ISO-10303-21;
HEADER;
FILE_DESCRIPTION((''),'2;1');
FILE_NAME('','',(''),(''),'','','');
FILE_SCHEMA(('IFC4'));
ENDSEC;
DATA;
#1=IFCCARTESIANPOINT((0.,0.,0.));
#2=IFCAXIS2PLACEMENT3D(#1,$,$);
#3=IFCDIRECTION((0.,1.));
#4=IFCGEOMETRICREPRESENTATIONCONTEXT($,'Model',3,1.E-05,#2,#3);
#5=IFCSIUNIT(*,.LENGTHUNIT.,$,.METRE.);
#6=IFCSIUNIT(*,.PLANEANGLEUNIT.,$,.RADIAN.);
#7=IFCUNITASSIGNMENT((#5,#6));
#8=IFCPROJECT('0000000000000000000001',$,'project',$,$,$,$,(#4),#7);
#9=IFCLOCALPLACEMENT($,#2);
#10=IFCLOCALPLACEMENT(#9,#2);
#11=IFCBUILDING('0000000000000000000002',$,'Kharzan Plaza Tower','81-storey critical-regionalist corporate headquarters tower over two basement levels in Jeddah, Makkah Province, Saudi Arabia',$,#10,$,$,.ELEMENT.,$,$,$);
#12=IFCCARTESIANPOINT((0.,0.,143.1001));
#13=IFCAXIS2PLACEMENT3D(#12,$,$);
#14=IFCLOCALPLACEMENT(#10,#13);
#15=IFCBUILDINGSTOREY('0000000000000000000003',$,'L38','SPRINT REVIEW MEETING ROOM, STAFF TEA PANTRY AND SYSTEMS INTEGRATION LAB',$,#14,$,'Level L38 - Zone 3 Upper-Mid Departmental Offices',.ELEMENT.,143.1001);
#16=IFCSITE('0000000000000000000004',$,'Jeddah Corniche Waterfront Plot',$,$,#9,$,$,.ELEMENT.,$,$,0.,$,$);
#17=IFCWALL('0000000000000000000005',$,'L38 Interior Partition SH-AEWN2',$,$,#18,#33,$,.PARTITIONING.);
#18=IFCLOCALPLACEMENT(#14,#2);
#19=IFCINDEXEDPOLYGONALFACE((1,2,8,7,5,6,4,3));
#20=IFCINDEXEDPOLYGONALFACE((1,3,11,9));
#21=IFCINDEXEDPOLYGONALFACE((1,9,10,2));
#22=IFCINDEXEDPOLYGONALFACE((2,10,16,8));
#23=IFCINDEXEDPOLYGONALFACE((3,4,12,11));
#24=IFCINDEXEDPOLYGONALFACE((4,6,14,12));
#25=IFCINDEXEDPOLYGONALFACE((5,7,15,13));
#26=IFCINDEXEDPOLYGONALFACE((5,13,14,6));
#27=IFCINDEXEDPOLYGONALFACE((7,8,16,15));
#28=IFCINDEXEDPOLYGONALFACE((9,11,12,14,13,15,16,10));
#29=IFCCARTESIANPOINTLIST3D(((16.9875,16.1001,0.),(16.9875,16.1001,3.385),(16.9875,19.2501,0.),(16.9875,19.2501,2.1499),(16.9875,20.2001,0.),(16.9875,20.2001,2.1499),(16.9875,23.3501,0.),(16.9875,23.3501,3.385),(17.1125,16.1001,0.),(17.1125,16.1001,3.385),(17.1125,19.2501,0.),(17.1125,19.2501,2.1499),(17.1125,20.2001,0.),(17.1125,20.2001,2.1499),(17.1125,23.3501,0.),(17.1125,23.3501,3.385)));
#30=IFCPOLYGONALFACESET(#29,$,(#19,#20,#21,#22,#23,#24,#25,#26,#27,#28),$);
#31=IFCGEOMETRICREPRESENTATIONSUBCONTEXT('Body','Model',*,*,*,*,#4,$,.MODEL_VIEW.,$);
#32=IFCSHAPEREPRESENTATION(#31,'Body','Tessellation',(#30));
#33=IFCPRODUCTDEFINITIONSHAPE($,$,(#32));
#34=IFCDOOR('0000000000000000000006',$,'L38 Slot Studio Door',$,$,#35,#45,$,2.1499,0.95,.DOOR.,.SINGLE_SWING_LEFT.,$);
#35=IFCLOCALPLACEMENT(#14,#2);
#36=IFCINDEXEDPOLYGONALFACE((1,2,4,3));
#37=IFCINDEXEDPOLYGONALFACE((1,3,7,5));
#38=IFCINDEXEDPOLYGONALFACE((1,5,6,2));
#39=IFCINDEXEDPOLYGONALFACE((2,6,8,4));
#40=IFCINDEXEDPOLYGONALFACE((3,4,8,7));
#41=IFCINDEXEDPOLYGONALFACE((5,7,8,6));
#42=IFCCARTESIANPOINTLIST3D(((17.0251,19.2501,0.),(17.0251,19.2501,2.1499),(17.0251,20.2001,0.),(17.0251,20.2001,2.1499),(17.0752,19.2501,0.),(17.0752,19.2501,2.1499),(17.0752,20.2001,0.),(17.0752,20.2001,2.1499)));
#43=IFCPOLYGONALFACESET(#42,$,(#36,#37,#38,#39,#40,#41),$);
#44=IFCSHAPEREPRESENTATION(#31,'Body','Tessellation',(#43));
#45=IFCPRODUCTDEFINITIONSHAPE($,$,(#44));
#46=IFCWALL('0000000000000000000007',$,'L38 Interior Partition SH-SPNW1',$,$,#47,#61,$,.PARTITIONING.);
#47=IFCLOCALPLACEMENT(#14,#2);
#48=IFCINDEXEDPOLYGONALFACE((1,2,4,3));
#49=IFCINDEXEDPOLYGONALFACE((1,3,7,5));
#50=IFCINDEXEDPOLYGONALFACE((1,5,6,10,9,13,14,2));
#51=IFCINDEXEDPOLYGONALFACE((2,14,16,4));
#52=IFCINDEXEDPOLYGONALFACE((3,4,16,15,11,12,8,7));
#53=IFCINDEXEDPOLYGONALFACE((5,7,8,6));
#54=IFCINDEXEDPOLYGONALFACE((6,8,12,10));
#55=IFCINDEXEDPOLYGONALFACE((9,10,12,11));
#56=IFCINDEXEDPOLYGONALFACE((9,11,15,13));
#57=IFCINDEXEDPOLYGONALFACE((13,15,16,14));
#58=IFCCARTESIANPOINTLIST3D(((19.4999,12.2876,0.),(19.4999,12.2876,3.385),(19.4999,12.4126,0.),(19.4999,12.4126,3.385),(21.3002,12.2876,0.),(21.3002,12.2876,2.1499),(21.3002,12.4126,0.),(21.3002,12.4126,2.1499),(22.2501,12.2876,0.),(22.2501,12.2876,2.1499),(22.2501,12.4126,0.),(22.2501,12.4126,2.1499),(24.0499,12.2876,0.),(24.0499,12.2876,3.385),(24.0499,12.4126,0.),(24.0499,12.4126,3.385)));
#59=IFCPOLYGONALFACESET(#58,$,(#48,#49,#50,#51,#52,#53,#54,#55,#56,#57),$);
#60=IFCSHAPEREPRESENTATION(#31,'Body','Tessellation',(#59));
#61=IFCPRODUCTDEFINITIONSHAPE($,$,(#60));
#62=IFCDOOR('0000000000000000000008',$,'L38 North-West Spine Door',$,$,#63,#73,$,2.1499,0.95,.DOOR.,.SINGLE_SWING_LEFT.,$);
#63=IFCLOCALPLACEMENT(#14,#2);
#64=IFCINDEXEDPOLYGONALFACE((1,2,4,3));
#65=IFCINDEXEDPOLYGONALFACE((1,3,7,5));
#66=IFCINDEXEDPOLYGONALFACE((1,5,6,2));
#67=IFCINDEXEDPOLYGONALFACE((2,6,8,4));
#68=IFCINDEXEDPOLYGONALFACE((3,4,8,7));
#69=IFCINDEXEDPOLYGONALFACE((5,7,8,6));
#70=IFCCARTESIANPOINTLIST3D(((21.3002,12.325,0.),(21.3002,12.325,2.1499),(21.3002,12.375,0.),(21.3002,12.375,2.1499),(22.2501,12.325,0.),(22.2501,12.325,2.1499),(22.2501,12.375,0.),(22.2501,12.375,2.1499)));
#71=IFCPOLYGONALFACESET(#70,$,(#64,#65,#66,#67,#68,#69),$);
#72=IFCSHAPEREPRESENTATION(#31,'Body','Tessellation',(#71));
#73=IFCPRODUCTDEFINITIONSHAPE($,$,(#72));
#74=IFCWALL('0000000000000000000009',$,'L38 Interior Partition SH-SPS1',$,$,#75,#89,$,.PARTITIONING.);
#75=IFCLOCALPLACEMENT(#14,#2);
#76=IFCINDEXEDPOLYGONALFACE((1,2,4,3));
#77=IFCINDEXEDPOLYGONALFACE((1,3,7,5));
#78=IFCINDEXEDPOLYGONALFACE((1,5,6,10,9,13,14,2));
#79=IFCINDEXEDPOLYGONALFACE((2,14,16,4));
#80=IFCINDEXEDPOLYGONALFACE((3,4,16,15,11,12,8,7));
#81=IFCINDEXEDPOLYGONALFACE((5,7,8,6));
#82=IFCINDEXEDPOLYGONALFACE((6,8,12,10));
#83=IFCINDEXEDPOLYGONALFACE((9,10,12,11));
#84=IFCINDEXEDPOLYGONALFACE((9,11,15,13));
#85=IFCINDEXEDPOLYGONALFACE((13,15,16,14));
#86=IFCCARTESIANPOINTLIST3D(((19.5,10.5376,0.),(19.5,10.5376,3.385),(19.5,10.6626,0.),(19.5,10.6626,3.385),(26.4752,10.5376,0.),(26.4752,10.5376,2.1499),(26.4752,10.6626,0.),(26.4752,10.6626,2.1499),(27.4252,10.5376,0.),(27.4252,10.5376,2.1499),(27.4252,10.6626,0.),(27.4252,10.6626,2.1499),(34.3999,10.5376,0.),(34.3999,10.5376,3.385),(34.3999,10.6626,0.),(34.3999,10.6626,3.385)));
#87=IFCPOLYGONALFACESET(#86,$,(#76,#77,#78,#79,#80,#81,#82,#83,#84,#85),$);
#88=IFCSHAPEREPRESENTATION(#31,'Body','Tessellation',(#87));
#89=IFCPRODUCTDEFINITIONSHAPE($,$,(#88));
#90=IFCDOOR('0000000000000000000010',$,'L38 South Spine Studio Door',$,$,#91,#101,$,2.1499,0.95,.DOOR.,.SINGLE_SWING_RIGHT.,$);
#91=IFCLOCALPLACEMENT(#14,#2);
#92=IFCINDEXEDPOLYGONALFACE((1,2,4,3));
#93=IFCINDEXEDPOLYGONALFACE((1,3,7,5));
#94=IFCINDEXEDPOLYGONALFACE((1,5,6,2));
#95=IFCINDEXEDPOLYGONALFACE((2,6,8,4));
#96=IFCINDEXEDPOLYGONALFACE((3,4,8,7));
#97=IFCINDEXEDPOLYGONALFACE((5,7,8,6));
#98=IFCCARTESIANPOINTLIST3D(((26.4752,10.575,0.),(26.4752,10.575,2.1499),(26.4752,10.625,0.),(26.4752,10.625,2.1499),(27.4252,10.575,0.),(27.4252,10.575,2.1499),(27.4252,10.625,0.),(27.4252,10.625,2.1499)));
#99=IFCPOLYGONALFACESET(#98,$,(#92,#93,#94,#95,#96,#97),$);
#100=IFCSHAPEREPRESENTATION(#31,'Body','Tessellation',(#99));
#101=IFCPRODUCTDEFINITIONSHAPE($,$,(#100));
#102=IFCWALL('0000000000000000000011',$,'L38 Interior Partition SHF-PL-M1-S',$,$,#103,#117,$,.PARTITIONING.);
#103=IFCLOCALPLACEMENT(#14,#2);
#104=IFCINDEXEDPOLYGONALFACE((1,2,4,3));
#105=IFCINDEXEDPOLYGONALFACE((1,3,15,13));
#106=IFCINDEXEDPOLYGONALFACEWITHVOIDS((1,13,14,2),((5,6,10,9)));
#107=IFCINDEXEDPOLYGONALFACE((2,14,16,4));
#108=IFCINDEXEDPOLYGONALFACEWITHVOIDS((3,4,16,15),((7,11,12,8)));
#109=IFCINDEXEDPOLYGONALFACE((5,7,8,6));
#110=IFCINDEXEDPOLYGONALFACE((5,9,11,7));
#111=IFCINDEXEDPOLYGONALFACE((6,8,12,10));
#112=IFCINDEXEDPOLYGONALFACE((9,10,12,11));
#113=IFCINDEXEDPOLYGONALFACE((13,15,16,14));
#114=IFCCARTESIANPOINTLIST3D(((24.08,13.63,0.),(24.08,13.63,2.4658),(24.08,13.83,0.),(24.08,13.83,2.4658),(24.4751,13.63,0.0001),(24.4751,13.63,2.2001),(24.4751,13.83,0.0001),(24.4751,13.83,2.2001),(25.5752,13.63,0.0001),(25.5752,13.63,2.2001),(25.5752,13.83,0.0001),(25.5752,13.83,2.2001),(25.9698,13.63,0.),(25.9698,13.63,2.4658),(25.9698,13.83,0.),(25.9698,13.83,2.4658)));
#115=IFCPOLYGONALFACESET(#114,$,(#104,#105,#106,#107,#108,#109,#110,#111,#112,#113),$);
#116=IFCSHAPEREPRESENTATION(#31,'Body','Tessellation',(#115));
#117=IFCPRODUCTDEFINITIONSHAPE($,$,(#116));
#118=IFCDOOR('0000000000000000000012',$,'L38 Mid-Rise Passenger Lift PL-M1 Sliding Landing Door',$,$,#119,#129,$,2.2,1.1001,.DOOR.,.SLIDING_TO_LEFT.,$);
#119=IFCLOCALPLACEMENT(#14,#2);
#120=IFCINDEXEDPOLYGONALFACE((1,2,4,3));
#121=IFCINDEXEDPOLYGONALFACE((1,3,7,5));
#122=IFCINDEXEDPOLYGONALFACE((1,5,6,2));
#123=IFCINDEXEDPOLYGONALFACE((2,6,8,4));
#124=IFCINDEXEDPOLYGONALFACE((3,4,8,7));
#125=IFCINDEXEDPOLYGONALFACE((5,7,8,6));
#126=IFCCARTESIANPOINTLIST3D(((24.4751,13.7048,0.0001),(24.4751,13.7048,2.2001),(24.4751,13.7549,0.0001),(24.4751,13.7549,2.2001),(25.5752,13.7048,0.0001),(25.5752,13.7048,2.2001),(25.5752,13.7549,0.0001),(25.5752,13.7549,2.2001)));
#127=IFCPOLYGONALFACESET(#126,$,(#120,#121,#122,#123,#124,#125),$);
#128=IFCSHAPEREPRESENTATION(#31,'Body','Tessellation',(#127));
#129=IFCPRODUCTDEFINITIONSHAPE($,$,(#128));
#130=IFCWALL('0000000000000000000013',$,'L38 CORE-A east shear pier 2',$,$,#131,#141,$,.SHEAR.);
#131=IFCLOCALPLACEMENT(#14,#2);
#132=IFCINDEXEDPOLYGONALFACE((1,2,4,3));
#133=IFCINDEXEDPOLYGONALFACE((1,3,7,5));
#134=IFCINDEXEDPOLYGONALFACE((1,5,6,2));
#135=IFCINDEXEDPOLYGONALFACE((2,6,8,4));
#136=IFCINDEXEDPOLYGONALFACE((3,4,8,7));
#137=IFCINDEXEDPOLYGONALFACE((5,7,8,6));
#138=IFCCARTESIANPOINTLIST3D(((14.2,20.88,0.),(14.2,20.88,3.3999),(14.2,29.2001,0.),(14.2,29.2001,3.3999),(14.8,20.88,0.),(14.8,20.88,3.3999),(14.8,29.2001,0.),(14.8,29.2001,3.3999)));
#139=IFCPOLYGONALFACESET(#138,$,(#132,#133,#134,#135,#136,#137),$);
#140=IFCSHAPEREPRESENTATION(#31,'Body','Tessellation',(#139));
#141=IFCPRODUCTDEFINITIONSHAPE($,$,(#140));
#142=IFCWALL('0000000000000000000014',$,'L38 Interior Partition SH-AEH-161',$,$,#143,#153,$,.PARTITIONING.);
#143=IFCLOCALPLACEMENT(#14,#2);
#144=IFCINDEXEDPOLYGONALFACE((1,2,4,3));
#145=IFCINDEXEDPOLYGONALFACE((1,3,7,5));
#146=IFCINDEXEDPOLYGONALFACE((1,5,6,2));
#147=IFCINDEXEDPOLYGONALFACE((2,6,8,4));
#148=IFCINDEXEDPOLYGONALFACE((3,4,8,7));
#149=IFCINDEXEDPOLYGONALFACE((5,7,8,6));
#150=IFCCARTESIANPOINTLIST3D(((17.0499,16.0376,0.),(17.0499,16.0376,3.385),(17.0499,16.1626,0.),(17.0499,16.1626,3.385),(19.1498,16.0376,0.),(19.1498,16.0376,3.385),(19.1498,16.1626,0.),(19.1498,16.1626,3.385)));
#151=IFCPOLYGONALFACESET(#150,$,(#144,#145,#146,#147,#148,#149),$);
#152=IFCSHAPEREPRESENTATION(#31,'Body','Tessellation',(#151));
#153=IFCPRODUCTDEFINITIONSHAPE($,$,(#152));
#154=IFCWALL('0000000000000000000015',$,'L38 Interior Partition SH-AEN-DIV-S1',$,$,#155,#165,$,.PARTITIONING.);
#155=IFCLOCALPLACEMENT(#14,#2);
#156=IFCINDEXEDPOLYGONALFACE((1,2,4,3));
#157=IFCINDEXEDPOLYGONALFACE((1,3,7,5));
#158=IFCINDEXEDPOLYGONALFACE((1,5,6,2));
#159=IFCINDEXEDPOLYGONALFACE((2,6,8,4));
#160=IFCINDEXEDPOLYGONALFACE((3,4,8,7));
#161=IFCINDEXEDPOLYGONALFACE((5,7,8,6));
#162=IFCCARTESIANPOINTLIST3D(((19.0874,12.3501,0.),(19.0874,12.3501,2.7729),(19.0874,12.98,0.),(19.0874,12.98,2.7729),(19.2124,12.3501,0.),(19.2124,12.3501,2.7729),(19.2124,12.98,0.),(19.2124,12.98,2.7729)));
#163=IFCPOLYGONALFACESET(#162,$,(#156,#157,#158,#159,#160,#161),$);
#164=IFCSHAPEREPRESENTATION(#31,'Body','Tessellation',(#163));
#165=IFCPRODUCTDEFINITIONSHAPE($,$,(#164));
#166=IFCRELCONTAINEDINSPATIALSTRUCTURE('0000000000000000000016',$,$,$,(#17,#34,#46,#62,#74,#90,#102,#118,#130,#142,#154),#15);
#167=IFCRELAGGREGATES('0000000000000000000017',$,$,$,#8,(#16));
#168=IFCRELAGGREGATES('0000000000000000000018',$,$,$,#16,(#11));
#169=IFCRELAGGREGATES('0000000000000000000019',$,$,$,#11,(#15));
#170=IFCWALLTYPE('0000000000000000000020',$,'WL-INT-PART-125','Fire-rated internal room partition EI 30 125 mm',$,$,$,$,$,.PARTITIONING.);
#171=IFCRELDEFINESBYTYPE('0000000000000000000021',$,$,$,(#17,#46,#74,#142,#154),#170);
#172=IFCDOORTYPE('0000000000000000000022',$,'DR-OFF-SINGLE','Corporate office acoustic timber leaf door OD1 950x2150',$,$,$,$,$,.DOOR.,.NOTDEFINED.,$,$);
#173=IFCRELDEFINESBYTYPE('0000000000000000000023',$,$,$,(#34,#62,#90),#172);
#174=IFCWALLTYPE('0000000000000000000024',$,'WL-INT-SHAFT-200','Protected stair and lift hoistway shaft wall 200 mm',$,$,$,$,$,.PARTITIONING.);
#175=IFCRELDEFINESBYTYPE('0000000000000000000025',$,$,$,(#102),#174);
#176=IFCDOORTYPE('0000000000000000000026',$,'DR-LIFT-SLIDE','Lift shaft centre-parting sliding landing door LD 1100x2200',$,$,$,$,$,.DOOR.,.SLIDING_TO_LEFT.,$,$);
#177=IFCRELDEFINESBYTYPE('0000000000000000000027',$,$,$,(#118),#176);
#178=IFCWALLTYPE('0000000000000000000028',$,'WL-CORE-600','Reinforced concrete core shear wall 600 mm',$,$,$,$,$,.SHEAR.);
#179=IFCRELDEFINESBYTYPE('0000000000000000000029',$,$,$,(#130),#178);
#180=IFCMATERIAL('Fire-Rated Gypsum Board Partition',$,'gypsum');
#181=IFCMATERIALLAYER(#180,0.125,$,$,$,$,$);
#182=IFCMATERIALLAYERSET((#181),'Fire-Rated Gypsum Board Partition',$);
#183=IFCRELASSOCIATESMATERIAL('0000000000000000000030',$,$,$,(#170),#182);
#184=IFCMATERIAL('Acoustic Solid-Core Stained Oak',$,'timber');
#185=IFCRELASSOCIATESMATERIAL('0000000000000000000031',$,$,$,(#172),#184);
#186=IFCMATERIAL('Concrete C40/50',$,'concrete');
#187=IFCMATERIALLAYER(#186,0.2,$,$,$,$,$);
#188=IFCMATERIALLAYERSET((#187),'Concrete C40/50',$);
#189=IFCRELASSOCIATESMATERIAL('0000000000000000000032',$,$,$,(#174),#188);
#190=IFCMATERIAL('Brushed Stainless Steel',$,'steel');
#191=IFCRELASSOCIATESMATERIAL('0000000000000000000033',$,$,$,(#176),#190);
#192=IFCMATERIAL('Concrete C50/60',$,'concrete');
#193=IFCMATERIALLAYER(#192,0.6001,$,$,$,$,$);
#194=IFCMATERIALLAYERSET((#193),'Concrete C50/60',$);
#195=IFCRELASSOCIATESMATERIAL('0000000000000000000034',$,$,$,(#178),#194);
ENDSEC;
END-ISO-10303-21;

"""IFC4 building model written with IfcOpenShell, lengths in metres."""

from ifc_helpers import new_model, si_unit, direction, frame, frame_2d, origin, place, context, subcontext, project, spatial, rectangle, extrude, source, transform, mapped, material, layer, layer_set, type_object, element, fill, save


model = new_model("IFC4")

# Units and contexts
model_context = context("Model", 3, precision=1e-05, world=origin(), true_north=direction((0.0, 1.0)))
body_context = subcontext(model_context, "Body", "Model", "MODEL_VIEW")
ifc_project = project(units=[si_unit("LENGTHUNIT", "METRE"), si_unit("PLANEANGLEUNIT", "RADIAN")], contexts=[model_context])

# Site, building, storey
site_placement = place(None, origin())
site = spatial("IfcSite", under=ifc_project, at=site_placement, Name="Jeddah Corniche Waterfront Plot", CompositionType="ELEMENT", RefElevation=0.0)
building_placement = place(site_placement, origin())
building = spatial("IfcBuilding", under=site, at=building_placement, Name="Kharzan Plaza Tower", Description="81-storey critical-regionalist corporate headquarters tower over two basement levels in Jeddah, Makkah Province, Saudi Arabia", CompositionType="ELEMENT")
storey_placement = place(building_placement, frame((0.0, 0.0, 143.1001)))
storey = spatial("IfcBuildingStorey", under=building, at=storey_placement, Name="L38", Description="SPRINT REVIEW MEETING ROOM, STAFF TEA PANTRY AND SYSTEMS INTEGRATION LAB", LongName="Level L38 - Zone 3 Upper-Mid Departmental Offices", CompositionType="ELEMENT", Elevation=143.1001)

# Shared definitions
ifc_material_1 = material(Name="Concrete C50/60", Category="concrete")

# Shared definitions
ifc_material_2 = material(Name="Concrete C40/50", Category="concrete")

# Walls, openings, doors
ifc_material_3 = material(Name="Fire-Rated Gypsum Board Partition", Category="gypsum")
ifc_layer_1 = layer(ifc_material_3, 0.125)
ifc_layer_set_1 = layer_set([ifc_layer_1], Name="Fire-Rated Gypsum Board Partition")
wall_type_1 = type_object("IfcWallType", Name="WL-INT-PART-125", Description="Fire-rated internal room partition EI 30 125 mm", PredefinedType="PARTITIONING", material=ifc_layer_set_1)
ifc_material_4 = material(Name="Acoustic Solid-Core Stained Oak", Category="timber")
door_type_1 = type_object("IfcDoorType", Name="DR-OFF-SINGLE", Description="Corporate office acoustic timber leaf door OD1 950x2150", OperationType="NOTDEFINED", PredefinedType="DOOR", material=ifc_material_4)
shared_shape_1 = source(origin(), body_context, "Body", "SweptSolid", [
    extrude(rectangle(XDim=0.95, YDim=2.1499, at=frame_2d((0.4751, 1.075))), frame((0.0, 0.0249, 0.0), z_axis=(0.0, -1.0, 0.0), x_axis=(1.0, 0.0, 0.0)), (0.0, 0.0, 1.0), 0.05),
])
wall_1_placement = place(storey_placement, frame((17.05, 16.1001, 0.0), z_axis=(0.0, 0.0, 1.0), x_axis=(0.0, 1.0, 0.0)))
wall_1 = element("IfcWall", 1, at=wall_1_placement, inside=storey, type_object=wall_type_1, Name="L38 Interior Partition SH-AEWN2", PredefinedType="PARTITIONING", context=body_context, shape_type="SweptSolid", body=[
    extrude(rectangle(XDim=7.25, YDim=0.125, at=frame_2d((3.625, 0.0))), origin(), (0.0, 0.0, 1.0), 3.385),
])
opening_1_placement = place(wall_1_placement, frame((3.1499, 0.0, 0.0)))
opening_1 = element("IfcOpeningElement", 2, at=opening_1_placement, cuts=wall_1, PredefinedType="OPENING", context=body_context, shape_type="SweptSolid", body=[
    extrude(rectangle(XDim=0.95, YDim=2.1499, at=frame_2d((0.4751, 1.075))), frame((0.0, 0.0725, 0.0), z_axis=(0.0, -1.0, 0.0), x_axis=(1.0, 0.0, 0.0)), (0.0, 0.0, 1.0), 0.145),
])
door_1_placement = place(opening_1_placement, origin())
door_1 = element("IfcDoor", 3, at=door_1_placement, inside=storey, type_object=door_type_1, Name="L38 Slot Studio Door", OperationType="SINGLE_SWING_LEFT", OverallHeight=2.1499, OverallWidth=0.95, PredefinedType="DOOR", context=body_context, shape_type="MappedRepresentation", body=[
    mapped(shared_shape_1, transform((0.0, 0.0, 0.0), x_axis=(1.0, 0.0, 0.0), y_axis=(0.0, 1.0, 0.0), z_axis=(0.0, 0.0, 1.0))),
])
fill(opening_1, door_1)
wall_2_placement = place(storey_placement, frame((19.5, 12.3501, 0.0), z_axis=(0.0, 0.0, 1.0), x_axis=(1.0, 0.0, 0.0)))
wall_2 = element("IfcWall", 4, at=wall_2_placement, inside=storey, type_object=wall_type_1, Name="L38 Interior Partition SH-SPNW1", PredefinedType="PARTITIONING", context=body_context, shape_type="SweptSolid", body=[
    extrude(rectangle(XDim=4.55, YDim=0.125, at=frame_2d((2.2749, 0.0))), origin(), (0.0, 0.0, 1.0), 3.385),
])
opening_2_placement = place(wall_2_placement, frame((1.8, 0.0, 0.0)))
opening_2 = element("IfcOpeningElement", 5, at=opening_2_placement, cuts=wall_2, PredefinedType="OPENING", context=body_context, shape_type="SweptSolid", body=[
    extrude(rectangle(XDim=0.95, YDim=2.1499, at=frame_2d((0.4751, 1.075))), frame((0.0, 0.0725, 0.0), z_axis=(0.0, -1.0, 0.0), x_axis=(1.0, 0.0, 0.0)), (0.0, 0.0, 1.0), 0.145),
])
door_2_placement = place(opening_2_placement, origin())
door_2 = element("IfcDoor", 6, at=door_2_placement, inside=storey, type_object=door_type_1, Name="L38 North-West Spine Door", OperationType="SINGLE_SWING_LEFT", OverallHeight=2.1499, OverallWidth=0.95, PredefinedType="DOOR", context=body_context, shape_type="MappedRepresentation", body=[
    mapped(shared_shape_1, transform((0.0, 0.0, 0.0), x_axis=(1.0, 0.0, 0.0), y_axis=(0.0, 1.0, 0.0), z_axis=(0.0, 0.0, 1.0))),
])
fill(opening_2, door_2)
wall_3_placement = place(storey_placement, frame((19.5, 10.6001, 0.0), z_axis=(0.0, 0.0, 1.0), x_axis=(1.0, 0.0, 0.0)))
wall_3 = element("IfcWall", 7, at=wall_3_placement, inside=storey, type_object=wall_type_1, Name="L38 Interior Partition SH-SPS1", PredefinedType="PARTITIONING", context=body_context, shape_type="SweptSolid", body=[
    extrude(rectangle(XDim=14.8999, YDim=0.125, at=frame_2d((7.45, 0.0))), origin(), (0.0, 0.0, 1.0), 3.385),
])
opening_3_placement = place(wall_3_placement, frame((6.9751, 0.0, 0.0)))
opening_3 = element("IfcOpeningElement", 8, at=opening_3_placement, cuts=wall_3, PredefinedType="OPENING", context=body_context, shape_type="SweptSolid", body=[
    extrude(rectangle(XDim=0.95, YDim=2.1499, at=frame_2d((0.4751, 1.075))), frame((0.0, 0.0725, 0.0), z_axis=(0.0, -1.0, 0.0), x_axis=(1.0, 0.0, 0.0)), (0.0, 0.0, 1.0), 0.145),
])
door_3_placement = place(opening_3_placement, origin())
door_3 = element("IfcDoor", 9, at=door_3_placement, inside=storey, type_object=door_type_1, Name="L38 South Spine Studio Door", OperationType="SINGLE_SWING_RIGHT", OverallHeight=2.1499, OverallWidth=0.95, PredefinedType="DOOR", context=body_context, shape_type="MappedRepresentation", body=[
    mapped(shared_shape_1, transform((0.0, 0.0, 0.0), x_axis=(1.0, 0.0, 0.0), y_axis=(0.0, 1.0, 0.0), z_axis=(0.0, 0.0, 1.0))),
])
fill(opening_3, door_3)
ifc_layer_2 = layer(ifc_material_2, 0.2)
ifc_layer_set_2 = layer_set([ifc_layer_2], Name="Concrete C40/50")
wall_type_2 = type_object("IfcWallType", Name="WL-INT-SHAFT-200", Description="Protected stair and lift hoistway shaft wall 200 mm", PredefinedType="PARTITIONING", material=ifc_layer_set_2)
wall_4_placement = place(storey_placement, frame((24.0801, 13.73, 0.0), z_axis=(0.0, 0.0, 1.0), x_axis=(1.0, 0.0, 0.0)))
wall_4 = element("IfcWall", 10, at=wall_4_placement, inside=storey, type_object=wall_type_2, Name="L38 Interior Partition SHF-PL-M1-S", PredefinedType="PARTITIONING", context=body_context, shape_type="SweptSolid", body=[
    extrude(rectangle(XDim=1.8899, YDim=0.2, at=frame_2d((0.9448, 0.0))), origin(), (0.0, 0.0, 1.0), 2.4658),
])
opening_4_placement = place(wall_4_placement, frame((0.395, 0.0, 0.0)))
opening_4 = element("IfcOpeningElement", 11, at=opening_4_placement, cuts=wall_4, PredefinedType="OPENING", context=body_context, shape_type="SweptSolid", body=[
    extrude(rectangle(XDim=1.1001, YDim=2.2, at=frame_2d((0.55, 1.1001))), frame((0.0, 0.1099, 0.0), z_axis=(0.0, -1.0, 0.0), x_axis=(1.0, 0.0, 0.0)), (0.0, 0.0, 1.0), 0.22),
])
ifc_material_5 = material(Name="Brushed Stainless Steel", Category="steel")
door_type_2 = type_object("IfcDoorType", Name="DR-LIFT-SLIDE", Description="Lift shaft centre-parting sliding landing door LD 1100x2200", OperationType="SLIDING_TO_LEFT", PredefinedType="DOOR", material=ifc_material_5)
shared_shape_2 = source(origin(), body_context, "Body", "SweptSolid", [
    extrude(rectangle(XDim=1.1001, YDim=2.2, at=frame_2d((0.55, 1.1001))), frame((0.0, 0.0249, 0.0), z_axis=(0.0, -1.0, 0.0), x_axis=(1.0, 0.0, 0.0)), (0.0, 0.0, 1.0), 0.05),
])
door_4_placement = place(opening_4_placement, origin())
door_4 = element("IfcDoor", 12, at=door_4_placement, inside=storey, type_object=door_type_2, Name="L38 Mid-Rise Passenger Lift PL-M1 Sliding Landing Door", OperationType="SLIDING_TO_LEFT", OverallHeight=2.2, OverallWidth=1.1001, PredefinedType="DOOR", context=body_context, shape_type="MappedRepresentation", body=[
    mapped(shared_shape_2, transform((0.0, 0.0, 0.0), x_axis=(1.0, 0.0, 0.0), y_axis=(0.0, 1.0, 0.0), z_axis=(0.0, 0.0, 1.0))),
])
fill(opening_4, door_4)

# Walls
ifc_layer_3 = layer(ifc_material_1, 0.6001)
ifc_layer_set_3 = layer_set([ifc_layer_3], Name="Concrete C50/60")
wall_type_3 = type_object("IfcWallType", Name="WL-CORE-600", Description="Reinforced concrete core shear wall 600 mm", PredefinedType="SHEAR", material=ifc_layer_set_3)
shared_shape_3 = source(origin(), body_context, "Body", "SweptSolid", [
    extrude(rectangle(XDim=8.3201, YDim=0.6001, at=frame_2d((4.1602, 0.0))), origin(), (0.0, 0.0, 1.0), 3.3999),
])
wall_5_placement = place(storey_placement, frame((14.5, 20.8799, 0.0), z_axis=(0.0, 0.0, 1.0), x_axis=(0.0, 1.0, 0.0)))
element("IfcWall", 13, at=wall_5_placement, inside=storey, type_object=wall_type_3, Name="L38 CORE-A east shear pier 2", PredefinedType="SHEAR", context=body_context, shape_type="MappedRepresentation", body=[
    mapped(shared_shape_3, transform((0.0, 0.0, 0.0), x_axis=(1.0, 0.0, 0.0), y_axis=(0.0, 1.0, 0.0), z_axis=(0.0, 0.0, 1.0))),
])
shared_shape_4 = source(origin(), body_context, "Body", "SweptSolid", [
    extrude(rectangle(XDim=2.0999, YDim=0.125, at=frame_2d((1.0498, 0.0))), origin(), (0.0, 0.0, 1.0), 3.385),
])
wall_6_placement = place(storey_placement, frame((17.05, 16.1001, 0.0), z_axis=(0.0, 0.0, 1.0), x_axis=(1.0, 0.0, 0.0)))
element("IfcWall", 14, at=wall_6_placement, inside=storey, type_object=wall_type_1, Name="L38 Interior Partition SH-AEH-161", PredefinedType="PARTITIONING", context=body_context, shape_type="MappedRepresentation", body=[
    mapped(shared_shape_4, transform((0.0, 0.0, 0.0), x_axis=(1.0, 0.0, 0.0), y_axis=(0.0, 1.0, 0.0), z_axis=(0.0, 0.0, 1.0))),
])
shared_shape_5 = source(origin(), body_context, "Body", "SweptSolid", [
    extrude(rectangle(XDim=0.6299, YDim=0.125, at=frame_2d((0.3149, 0.0))), origin(), (0.0, 0.0, 1.0), 2.7729),
])
wall_7_placement = place(storey_placement, frame((19.1499, 12.3501, 0.0), z_axis=(0.0, 0.0, 1.0), x_axis=(0.0, 1.0, 0.0)))
element("IfcWall", 15, at=wall_7_placement, inside=storey, type_object=wall_type_1, Name="L38 Interior Partition SH-AEN-DIV-S1", PredefinedType="PARTITIONING", context=body_context, shape_type="MappedRepresentation", body=[
    mapped(shared_shape_5, transform((0.0, 0.0, 0.0), x_axis=(1.0, 0.0, 0.0), y_axis=(0.0, 1.0, 0.0), z_axis=(0.0, 0.0, 1.0))),
])

save(model, "model.ifc")
